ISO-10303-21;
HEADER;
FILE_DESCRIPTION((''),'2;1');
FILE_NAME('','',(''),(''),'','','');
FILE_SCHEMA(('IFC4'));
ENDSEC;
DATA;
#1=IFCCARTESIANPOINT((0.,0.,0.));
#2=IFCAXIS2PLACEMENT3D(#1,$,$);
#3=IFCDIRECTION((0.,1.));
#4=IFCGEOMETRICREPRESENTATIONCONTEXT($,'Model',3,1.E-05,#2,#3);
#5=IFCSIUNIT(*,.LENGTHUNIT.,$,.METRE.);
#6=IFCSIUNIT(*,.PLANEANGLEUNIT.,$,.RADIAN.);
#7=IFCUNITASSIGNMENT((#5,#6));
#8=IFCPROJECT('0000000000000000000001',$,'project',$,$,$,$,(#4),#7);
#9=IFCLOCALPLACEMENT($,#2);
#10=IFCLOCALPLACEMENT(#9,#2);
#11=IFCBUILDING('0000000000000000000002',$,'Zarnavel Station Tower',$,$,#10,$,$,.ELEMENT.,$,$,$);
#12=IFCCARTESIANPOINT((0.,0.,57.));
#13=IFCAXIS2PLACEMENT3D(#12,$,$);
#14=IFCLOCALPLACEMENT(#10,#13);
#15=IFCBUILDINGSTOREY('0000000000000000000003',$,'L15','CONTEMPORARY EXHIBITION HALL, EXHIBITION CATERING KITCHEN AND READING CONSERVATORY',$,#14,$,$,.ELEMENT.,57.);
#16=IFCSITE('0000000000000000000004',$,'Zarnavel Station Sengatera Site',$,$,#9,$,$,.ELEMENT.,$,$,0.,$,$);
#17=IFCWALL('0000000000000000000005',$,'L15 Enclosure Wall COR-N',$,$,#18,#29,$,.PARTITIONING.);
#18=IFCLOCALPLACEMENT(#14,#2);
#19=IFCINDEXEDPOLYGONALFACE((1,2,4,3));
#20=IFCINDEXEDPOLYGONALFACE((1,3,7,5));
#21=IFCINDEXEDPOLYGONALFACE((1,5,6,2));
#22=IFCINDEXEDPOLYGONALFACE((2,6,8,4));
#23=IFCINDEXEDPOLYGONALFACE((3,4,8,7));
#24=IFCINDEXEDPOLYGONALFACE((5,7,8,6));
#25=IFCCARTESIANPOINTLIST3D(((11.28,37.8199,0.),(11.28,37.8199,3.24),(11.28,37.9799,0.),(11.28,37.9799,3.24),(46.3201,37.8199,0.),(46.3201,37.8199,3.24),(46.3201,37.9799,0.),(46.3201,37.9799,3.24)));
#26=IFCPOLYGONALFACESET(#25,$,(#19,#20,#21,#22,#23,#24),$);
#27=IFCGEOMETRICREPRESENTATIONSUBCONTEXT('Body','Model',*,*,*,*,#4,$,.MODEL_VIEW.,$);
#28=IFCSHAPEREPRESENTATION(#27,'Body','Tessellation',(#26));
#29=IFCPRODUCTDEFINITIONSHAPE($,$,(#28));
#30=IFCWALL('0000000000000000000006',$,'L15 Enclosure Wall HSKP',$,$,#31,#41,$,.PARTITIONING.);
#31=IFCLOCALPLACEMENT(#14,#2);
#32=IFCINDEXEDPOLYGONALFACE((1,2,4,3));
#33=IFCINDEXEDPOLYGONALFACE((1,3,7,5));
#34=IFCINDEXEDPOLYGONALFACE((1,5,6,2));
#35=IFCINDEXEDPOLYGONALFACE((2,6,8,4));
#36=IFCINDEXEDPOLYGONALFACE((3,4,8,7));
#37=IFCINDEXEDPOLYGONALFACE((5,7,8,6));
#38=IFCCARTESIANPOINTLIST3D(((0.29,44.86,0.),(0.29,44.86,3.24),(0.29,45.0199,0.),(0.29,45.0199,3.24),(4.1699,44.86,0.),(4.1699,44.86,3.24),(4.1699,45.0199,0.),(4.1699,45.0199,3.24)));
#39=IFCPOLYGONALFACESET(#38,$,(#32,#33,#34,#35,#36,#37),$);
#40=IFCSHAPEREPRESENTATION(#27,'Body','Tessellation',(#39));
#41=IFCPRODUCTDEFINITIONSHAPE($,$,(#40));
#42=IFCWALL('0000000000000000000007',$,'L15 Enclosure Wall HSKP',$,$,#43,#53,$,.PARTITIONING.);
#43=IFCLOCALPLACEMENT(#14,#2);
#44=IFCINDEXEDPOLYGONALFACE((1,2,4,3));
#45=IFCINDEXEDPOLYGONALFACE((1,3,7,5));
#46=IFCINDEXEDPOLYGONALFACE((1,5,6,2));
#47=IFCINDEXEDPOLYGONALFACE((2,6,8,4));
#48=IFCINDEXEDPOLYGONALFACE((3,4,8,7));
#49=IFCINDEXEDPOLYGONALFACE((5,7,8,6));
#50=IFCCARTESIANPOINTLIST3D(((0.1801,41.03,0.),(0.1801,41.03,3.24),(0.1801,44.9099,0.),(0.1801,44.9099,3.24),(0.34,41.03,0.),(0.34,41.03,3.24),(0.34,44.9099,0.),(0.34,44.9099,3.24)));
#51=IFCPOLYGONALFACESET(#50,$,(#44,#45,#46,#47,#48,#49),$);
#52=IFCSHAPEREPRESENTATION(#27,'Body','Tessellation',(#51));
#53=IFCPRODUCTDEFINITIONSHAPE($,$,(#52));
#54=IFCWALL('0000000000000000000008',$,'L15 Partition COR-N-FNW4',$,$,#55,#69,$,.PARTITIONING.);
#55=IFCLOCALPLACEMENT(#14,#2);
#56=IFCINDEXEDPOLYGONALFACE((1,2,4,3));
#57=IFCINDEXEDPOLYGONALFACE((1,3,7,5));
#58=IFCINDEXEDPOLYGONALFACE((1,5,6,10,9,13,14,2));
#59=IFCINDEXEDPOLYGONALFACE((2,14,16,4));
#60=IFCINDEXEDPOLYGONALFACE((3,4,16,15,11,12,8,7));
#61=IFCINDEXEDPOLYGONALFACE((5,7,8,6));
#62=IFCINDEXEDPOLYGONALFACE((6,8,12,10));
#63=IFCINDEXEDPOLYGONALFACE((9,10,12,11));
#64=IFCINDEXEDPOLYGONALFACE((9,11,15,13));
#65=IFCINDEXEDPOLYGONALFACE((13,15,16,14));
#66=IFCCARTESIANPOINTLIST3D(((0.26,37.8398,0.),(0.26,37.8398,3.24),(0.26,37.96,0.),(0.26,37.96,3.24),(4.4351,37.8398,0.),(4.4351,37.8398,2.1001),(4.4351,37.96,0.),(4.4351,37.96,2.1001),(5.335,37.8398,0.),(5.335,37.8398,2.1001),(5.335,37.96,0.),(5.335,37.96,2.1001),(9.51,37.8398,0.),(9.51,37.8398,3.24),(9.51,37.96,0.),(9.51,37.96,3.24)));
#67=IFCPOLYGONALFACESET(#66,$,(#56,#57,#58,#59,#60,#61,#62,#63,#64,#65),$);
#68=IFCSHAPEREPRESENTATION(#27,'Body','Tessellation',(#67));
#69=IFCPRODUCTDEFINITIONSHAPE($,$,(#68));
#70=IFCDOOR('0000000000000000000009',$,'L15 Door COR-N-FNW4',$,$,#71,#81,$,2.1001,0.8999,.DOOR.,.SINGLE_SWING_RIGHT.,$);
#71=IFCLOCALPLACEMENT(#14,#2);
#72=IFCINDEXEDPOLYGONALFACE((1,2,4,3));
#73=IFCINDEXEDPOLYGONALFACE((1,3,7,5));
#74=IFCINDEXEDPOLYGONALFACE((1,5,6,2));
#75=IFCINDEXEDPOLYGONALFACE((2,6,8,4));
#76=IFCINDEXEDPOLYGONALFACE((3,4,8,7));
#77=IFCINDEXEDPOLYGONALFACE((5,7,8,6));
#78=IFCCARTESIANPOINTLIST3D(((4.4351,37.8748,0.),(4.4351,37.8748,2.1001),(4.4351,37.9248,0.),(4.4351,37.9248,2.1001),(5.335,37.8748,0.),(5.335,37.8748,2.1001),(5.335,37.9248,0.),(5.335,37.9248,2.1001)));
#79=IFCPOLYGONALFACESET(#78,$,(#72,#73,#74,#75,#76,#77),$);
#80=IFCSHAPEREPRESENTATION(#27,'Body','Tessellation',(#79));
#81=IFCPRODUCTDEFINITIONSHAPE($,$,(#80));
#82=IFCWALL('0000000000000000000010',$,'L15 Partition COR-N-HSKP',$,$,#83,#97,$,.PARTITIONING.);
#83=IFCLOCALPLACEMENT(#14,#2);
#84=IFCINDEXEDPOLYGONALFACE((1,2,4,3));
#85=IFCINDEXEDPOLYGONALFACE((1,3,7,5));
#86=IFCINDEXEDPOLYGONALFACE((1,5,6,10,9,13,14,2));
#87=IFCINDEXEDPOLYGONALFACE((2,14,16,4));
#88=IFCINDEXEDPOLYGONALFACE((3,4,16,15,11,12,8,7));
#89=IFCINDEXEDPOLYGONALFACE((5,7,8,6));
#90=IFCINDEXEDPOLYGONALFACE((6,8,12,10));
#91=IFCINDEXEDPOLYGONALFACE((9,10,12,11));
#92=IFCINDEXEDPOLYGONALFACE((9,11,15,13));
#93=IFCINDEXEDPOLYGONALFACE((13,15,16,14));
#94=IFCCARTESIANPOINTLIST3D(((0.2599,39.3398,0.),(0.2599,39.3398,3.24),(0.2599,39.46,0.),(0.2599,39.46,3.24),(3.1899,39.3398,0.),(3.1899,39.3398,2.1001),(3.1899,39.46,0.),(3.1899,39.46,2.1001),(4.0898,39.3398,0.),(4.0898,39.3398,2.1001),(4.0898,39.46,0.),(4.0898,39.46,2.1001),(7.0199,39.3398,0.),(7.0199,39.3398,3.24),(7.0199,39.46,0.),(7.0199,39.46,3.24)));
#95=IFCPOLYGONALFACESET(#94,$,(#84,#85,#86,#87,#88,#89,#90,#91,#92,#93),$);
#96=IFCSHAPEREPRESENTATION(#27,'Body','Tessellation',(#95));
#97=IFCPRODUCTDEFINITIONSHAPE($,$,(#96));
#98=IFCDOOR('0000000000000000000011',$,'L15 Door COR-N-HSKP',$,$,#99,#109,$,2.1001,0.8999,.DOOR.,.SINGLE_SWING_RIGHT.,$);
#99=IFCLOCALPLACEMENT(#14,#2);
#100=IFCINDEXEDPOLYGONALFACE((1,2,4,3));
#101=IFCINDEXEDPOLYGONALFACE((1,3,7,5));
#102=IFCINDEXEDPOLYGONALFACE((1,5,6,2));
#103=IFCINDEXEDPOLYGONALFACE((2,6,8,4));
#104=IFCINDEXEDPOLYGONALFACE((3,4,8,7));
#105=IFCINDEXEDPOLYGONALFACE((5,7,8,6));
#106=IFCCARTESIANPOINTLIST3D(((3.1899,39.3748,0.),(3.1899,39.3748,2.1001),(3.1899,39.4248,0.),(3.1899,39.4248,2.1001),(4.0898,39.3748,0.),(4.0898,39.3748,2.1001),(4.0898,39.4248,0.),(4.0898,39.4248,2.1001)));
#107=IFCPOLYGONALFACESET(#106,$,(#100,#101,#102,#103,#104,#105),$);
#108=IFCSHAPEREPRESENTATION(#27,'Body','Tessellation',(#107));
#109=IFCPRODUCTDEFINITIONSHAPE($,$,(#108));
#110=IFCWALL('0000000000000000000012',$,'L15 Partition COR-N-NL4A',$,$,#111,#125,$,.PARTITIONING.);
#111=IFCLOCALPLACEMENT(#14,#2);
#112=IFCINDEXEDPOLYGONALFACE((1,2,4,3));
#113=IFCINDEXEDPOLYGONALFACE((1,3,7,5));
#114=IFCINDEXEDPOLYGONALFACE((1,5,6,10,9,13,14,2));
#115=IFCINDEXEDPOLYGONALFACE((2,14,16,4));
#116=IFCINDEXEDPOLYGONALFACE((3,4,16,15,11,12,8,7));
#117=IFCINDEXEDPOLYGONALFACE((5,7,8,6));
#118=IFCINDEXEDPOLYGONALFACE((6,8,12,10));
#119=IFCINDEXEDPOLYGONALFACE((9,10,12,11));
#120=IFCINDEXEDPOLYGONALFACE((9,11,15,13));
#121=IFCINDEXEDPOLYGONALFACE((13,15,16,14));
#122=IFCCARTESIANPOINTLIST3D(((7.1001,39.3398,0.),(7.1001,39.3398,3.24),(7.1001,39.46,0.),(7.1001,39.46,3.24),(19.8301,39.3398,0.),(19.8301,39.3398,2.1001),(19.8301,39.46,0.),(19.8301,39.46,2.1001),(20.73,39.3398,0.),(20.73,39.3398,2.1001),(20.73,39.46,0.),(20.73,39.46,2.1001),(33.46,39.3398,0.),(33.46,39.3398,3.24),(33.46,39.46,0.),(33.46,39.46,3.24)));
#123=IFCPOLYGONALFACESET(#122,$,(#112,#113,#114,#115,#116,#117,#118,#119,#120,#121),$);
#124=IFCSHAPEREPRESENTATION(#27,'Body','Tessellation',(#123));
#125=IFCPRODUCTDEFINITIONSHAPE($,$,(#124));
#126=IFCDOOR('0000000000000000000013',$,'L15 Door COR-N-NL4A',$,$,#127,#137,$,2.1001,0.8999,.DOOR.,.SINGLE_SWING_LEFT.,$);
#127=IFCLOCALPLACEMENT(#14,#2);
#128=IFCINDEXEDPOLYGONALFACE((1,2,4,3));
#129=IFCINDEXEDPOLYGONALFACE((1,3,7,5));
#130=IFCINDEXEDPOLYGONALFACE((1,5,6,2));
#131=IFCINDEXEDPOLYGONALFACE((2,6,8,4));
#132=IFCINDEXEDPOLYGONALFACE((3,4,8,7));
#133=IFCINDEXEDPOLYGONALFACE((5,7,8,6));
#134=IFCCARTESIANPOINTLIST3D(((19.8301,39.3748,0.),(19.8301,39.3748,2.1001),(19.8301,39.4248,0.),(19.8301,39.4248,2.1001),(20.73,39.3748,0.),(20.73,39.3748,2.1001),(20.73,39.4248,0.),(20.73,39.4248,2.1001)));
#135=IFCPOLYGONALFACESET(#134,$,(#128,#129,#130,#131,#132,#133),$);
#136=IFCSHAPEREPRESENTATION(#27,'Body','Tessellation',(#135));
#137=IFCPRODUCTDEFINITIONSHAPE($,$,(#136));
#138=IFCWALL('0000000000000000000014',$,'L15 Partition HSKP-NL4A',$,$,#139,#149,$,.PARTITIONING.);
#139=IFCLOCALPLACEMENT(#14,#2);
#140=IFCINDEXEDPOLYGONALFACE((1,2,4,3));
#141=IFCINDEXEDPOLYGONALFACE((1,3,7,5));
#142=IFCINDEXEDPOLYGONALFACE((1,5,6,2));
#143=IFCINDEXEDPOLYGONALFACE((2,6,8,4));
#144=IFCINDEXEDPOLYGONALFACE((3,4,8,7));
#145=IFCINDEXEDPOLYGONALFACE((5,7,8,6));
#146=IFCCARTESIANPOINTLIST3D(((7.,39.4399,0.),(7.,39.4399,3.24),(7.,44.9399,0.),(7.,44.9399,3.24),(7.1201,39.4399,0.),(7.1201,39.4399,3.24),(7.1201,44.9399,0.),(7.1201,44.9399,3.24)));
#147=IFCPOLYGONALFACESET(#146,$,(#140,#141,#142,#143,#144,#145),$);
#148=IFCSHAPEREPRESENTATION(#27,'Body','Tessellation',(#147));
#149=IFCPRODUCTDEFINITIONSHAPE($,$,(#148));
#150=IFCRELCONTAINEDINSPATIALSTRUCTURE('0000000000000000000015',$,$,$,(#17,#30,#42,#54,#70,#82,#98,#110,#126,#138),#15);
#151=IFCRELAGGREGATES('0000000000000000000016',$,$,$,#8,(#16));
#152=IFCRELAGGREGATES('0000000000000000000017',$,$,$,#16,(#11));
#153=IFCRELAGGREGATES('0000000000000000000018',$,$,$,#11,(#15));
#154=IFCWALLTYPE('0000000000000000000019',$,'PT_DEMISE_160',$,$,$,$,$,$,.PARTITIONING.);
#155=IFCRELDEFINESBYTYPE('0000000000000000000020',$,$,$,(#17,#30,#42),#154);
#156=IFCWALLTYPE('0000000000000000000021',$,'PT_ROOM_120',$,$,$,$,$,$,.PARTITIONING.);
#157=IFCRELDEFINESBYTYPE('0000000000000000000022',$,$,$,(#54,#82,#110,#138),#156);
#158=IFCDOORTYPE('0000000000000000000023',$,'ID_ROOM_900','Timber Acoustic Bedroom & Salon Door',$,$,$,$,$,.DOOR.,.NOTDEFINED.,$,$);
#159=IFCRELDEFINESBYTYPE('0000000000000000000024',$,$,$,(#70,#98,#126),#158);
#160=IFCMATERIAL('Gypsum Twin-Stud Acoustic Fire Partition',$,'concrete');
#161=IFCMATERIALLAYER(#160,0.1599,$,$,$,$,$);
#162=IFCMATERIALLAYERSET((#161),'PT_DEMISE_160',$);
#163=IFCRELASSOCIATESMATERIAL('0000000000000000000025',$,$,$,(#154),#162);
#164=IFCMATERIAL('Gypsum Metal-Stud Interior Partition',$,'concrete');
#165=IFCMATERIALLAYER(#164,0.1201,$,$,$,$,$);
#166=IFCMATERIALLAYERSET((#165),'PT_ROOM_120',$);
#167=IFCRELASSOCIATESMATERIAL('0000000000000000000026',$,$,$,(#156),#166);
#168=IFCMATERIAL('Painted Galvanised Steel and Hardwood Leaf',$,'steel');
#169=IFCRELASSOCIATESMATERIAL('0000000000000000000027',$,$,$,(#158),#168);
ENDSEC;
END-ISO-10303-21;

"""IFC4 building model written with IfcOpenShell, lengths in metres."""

from ifc_helpers import new_model, si_unit, direction, frame, frame_2d, origin, place, context, subcontext, project, spatial, rectangle, extrude, material, layer, layer_set, type_object, element, fill, save


model = new_model("IFC4")

# Units and contexts
model_context = context("Model", 3, precision=1e-05, world=origin(), true_north=direction((0.0, 1.0)))
body_context = subcontext(model_context, "Body", "Model", "MODEL_VIEW")
ifc_project = project(units=[si_unit("LENGTHUNIT", "METRE"), si_unit("PLANEANGLEUNIT", "RADIAN")], contexts=[model_context])

# Site, building, storey
site_placement = place(None, origin())
site = spatial("IfcSite", under=ifc_project, at=site_placement, Name="Zarnavel Station Sengatera Site", CompositionType="ELEMENT", RefElevation=0.0)
building_placement = place(site_placement, origin())
building = spatial("IfcBuilding", under=site, at=building_placement, Name="Zarnavel Station Tower", CompositionType="ELEMENT")
storey_placement = place(building_placement, frame((0.0, 0.0, 57.0)))
storey = spatial("IfcBuildingStorey", under=building, at=storey_placement, Name="L15", Description="CONTEMPORARY EXHIBITION HALL, EXHIBITION CATERING KITCHEN AND READING CONSERVATORY", CompositionType="ELEMENT", Elevation=57.0)

# Walls
ifc_material_1 = material(Name="Gypsum Twin-Stud Acoustic Fire Partition", Category="concrete")
ifc_layer_1 = layer(ifc_material_1, 0.1599)
ifc_layer_set_1 = layer_set([ifc_layer_1], Name="PT_DEMISE_160")
wall_type_1 = type_object("IfcWallType", Name="PT_DEMISE_160", PredefinedType="PARTITIONING", material=ifc_layer_set_1)
wall_1_placement = place(storey_placement, frame((11.28, 37.8999, 0.0), z_axis=(0.0, 0.0, 1.0), x_axis=(1.0, 0.0, 0.0)))
element("IfcWall", 1, at=wall_1_placement, inside=storey, type_object=wall_type_1, Name="L15 Enclosure Wall COR-N", PredefinedType="PARTITIONING", context=body_context, shape_type="SweptSolid", body=[
    extrude(rectangle(XDim=35.04, YDim=0.1599, at=frame_2d((17.52, 0.0))), origin(), (0.0, 0.0, 1.0), 3.24),
])
for number, where, z_axis, x_axis, name in (
    (2, (0.29, 44.9399, 0.0), (0.0, 0.0, 1.0), (1.0, 0.0, 0.0), "L15 Enclosure Wall HSKP"),
    (3, (0.26, 41.03, 0.0), (0.0, 0.0, 1.0), (0.0, 1.0, 0.0), "L15 Enclosure Wall HSKP"),
):
    element("IfcWall", number, at=place(storey_placement, frame(where, z_axis=z_axis, x_axis=x_axis)), inside=storey, type_object=wall_type_1, Name=name, PredefinedType="PARTITIONING", context=body_context, shape_type="SweptSolid", body=[
        extrude(rectangle(XDim=3.8799, YDim=0.1599, at=frame_2d((1.9399, 0.0))), origin(), (0.0, 0.0, 1.0), 3.24),
    ])

# Walls, openings, doors
ifc_material_2 = material(Name="Gypsum Metal-Stud Interior Partition", Category="concrete")
ifc_layer_2 = layer(ifc_material_2, 0.1201)
ifc_layer_set_2 = layer_set([ifc_layer_2], Name="PT_ROOM_120")
wall_type_2 = type_object("IfcWallType", Name="PT_ROOM_120", PredefinedType="PARTITIONING", material=ifc_layer_set_2)
wall_2_placement = place(storey_placement, frame((0.26, 37.8999, 0.0), z_axis=(0.0, 0.0, 1.0), x_axis=(1.0, 0.0, 0.0)))
wall_2 = element("IfcWall", 4, at=wall_2_placement, inside=storey, type_object=wall_type_2, Name="L15 Partition COR-N-FNW4", PredefinedType="PARTITIONING", context=body_context, shape_type="SweptSolid", body=[
    extrude(rectangle(XDim=9.25, YDim=0.1201, at=frame_2d((4.625, 0.0))), origin(), (0.0, 0.0, 1.0), 3.24),
])
opening_1_placement = place(wall_2_placement, frame((4.175, 0.0, 0.0)))
opening_1 = element("IfcOpeningElement", 5, at=opening_1_placement, cuts=wall_2, PredefinedType="OPENING", context=body_context, shape_type="SweptSolid", body=[
    extrude(rectangle(XDim=0.8999, YDim=2.1001, at=frame_2d((0.45, 1.05))), frame((0.0, 0.0701, 0.0), z_axis=(0.0, -1.0, 0.0), x_axis=(1.0, 0.0, 0.0)), (0.0, 0.0, 1.0), 0.1401),
])
ifc_material_3 = material(Name="Painted Galvanised Steel and Hardwood Leaf", Category="steel")
door_type = type_object("IfcDoorType", Name="ID_ROOM_900", Description="Timber Acoustic Bedroom & Salon Door", OperationType="NOTDEFINED", PredefinedType="DOOR", material=ifc_material_3)
door_1_placement = place(opening_1_placement, origin())
door_1 = element("IfcDoor", 6, at=door_1_placement, inside=storey, type_object=door_type, Name="L15 Door COR-N-FNW4", OperationType="SINGLE_SWING_RIGHT", OverallHeight=2.1001, OverallWidth=0.8999, PredefinedType="DOOR", context=body_context, shape_type="SweptSolid", body=[
    extrude(rectangle(XDim=0.8999, YDim=2.1001, at=frame_2d((0.45, 1.05))), frame((0.0, 0.0249, 0.0), z_axis=(0.0, -1.0, 0.0), x_axis=(1.0, 0.0, 0.0)), (0.0, 0.0, 1.0), 0.05),
])
fill(opening_1, door_1)
wall_3_placement = place(storey_placement, frame((0.26, 39.3999, 0.0), z_axis=(0.0, 0.0, 1.0), x_axis=(1.0, 0.0, 0.0)))
wall_3 = element("IfcWall", 7, at=wall_3_placement, inside=storey, type_object=wall_type_2, Name="L15 Partition COR-N-HSKP", PredefinedType="PARTITIONING", context=body_context, shape_type="SweptSolid", body=[
    extrude(rectangle(XDim=6.76, YDim=0.1201, at=frame_2d((3.3799, 0.0))), origin(), (0.0, 0.0, 1.0), 3.24),
])
opening_2_placement = place(wall_3_placement, frame((2.9299, 0.0, 0.0)))
opening_2 = element("IfcOpeningElement", 8, at=opening_2_placement, cuts=wall_3, PredefinedType="OPENING", context=body_context, shape_type="SweptSolid", body=[
    extrude(rectangle(XDim=0.8999, YDim=2.1001, at=frame_2d((0.45, 1.05))), frame((0.0, 0.0701, 0.0), z_axis=(0.0, -1.0, 0.0), x_axis=(1.0, 0.0, 0.0)), (0.0, 0.0, 1.0), 0.1401),
])
door_2_placement = place(opening_2_placement, origin())
door_2 = element("IfcDoor", 9, at=door_2_placement, inside=storey, type_object=door_type, Name="L15 Door COR-N-HSKP", OperationType="SINGLE_SWING_RIGHT", OverallHeight=2.1001, OverallWidth=0.8999, PredefinedType="DOOR", context=body_context, shape_type="SweptSolid", body=[
    extrude(rectangle(XDim=0.8999, YDim=2.1001, at=frame_2d((0.45, 1.05))), frame((0.0, 0.0249, 0.0), z_axis=(0.0, -1.0, 0.0), x_axis=(1.0, 0.0, 0.0)), (0.0, 0.0, 1.0), 0.05),
])
fill(opening_2, door_2)
wall_4_placement = place(storey_placement, frame((7.1001, 39.3999, 0.0), z_axis=(0.0, 0.0, 1.0), x_axis=(1.0, 0.0, 0.0)))
wall_4 = element("IfcWall", 10, at=wall_4_placement, inside=storey, type_object=wall_type_2, Name="L15 Partition COR-N-NL4A", PredefinedType="PARTITIONING", context=body_context, shape_type="SweptSolid", body=[
    extrude(rectangle(XDim=26.3599, YDim=0.1201, at=frame_2d((13.1799, 0.0))), origin(), (0.0, 0.0, 1.0), 3.24),
])
opening_3_placement = place(wall_4_placement, frame((12.73, 0.0, 0.0)))
opening_3 = element("IfcOpeningElement", 11, at=opening_3_placement, cuts=wall_4, PredefinedType="OPENING", context=body_context, shape_type="SweptSolid", body=[
    extrude(rectangle(XDim=0.8999, YDim=2.1001, at=frame_2d((0.45, 1.05))), frame((0.0, 0.0701, 0.0), z_axis=(0.0, -1.0, 0.0), x_axis=(1.0, 0.0, 0.0)), (0.0, 0.0, 1.0), 0.1401),
])
door_3_placement = place(opening_3_placement, origin())
door_3 = element("IfcDoor", 12, at=door_3_placement, inside=storey, type_object=door_type, Name="L15 Door COR-N-NL4A", OperationType="SINGLE_SWING_LEFT", OverallHeight=2.1001, OverallWidth=0.8999, PredefinedType="DOOR", context=body_context, shape_type="SweptSolid", body=[
    extrude(rectangle(XDim=0.8999, YDim=2.1001, at=frame_2d((0.45, 1.05))), frame((0.0, 0.0249, 0.0), z_axis=(0.0, -1.0, 0.0), x_axis=(1.0, 0.0, 0.0)), (0.0, 0.0, 1.0), 0.05),
])
fill(opening_3, door_3)

# Wall
wall_5_placement = place(storey_placement, frame((7.0601, 39.4399, 0.0), z_axis=(0.0, 0.0, 1.0), x_axis=(0.0, 1.0, 0.0)))
element("IfcWall", 13, at=wall_5_placement, inside=storey, type_object=wall_type_2, Name="L15 Partition HSKP-NL4A", PredefinedType="PARTITIONING", context=body_context, shape_type="SweptSolid", body=[
    extrude(rectangle(XDim=5.5, YDim=0.1201, at=frame_2d((2.75, 0.0))), origin(), (0.0, 0.0, 1.0), 3.24),
])

save(model, "model.ifc")
